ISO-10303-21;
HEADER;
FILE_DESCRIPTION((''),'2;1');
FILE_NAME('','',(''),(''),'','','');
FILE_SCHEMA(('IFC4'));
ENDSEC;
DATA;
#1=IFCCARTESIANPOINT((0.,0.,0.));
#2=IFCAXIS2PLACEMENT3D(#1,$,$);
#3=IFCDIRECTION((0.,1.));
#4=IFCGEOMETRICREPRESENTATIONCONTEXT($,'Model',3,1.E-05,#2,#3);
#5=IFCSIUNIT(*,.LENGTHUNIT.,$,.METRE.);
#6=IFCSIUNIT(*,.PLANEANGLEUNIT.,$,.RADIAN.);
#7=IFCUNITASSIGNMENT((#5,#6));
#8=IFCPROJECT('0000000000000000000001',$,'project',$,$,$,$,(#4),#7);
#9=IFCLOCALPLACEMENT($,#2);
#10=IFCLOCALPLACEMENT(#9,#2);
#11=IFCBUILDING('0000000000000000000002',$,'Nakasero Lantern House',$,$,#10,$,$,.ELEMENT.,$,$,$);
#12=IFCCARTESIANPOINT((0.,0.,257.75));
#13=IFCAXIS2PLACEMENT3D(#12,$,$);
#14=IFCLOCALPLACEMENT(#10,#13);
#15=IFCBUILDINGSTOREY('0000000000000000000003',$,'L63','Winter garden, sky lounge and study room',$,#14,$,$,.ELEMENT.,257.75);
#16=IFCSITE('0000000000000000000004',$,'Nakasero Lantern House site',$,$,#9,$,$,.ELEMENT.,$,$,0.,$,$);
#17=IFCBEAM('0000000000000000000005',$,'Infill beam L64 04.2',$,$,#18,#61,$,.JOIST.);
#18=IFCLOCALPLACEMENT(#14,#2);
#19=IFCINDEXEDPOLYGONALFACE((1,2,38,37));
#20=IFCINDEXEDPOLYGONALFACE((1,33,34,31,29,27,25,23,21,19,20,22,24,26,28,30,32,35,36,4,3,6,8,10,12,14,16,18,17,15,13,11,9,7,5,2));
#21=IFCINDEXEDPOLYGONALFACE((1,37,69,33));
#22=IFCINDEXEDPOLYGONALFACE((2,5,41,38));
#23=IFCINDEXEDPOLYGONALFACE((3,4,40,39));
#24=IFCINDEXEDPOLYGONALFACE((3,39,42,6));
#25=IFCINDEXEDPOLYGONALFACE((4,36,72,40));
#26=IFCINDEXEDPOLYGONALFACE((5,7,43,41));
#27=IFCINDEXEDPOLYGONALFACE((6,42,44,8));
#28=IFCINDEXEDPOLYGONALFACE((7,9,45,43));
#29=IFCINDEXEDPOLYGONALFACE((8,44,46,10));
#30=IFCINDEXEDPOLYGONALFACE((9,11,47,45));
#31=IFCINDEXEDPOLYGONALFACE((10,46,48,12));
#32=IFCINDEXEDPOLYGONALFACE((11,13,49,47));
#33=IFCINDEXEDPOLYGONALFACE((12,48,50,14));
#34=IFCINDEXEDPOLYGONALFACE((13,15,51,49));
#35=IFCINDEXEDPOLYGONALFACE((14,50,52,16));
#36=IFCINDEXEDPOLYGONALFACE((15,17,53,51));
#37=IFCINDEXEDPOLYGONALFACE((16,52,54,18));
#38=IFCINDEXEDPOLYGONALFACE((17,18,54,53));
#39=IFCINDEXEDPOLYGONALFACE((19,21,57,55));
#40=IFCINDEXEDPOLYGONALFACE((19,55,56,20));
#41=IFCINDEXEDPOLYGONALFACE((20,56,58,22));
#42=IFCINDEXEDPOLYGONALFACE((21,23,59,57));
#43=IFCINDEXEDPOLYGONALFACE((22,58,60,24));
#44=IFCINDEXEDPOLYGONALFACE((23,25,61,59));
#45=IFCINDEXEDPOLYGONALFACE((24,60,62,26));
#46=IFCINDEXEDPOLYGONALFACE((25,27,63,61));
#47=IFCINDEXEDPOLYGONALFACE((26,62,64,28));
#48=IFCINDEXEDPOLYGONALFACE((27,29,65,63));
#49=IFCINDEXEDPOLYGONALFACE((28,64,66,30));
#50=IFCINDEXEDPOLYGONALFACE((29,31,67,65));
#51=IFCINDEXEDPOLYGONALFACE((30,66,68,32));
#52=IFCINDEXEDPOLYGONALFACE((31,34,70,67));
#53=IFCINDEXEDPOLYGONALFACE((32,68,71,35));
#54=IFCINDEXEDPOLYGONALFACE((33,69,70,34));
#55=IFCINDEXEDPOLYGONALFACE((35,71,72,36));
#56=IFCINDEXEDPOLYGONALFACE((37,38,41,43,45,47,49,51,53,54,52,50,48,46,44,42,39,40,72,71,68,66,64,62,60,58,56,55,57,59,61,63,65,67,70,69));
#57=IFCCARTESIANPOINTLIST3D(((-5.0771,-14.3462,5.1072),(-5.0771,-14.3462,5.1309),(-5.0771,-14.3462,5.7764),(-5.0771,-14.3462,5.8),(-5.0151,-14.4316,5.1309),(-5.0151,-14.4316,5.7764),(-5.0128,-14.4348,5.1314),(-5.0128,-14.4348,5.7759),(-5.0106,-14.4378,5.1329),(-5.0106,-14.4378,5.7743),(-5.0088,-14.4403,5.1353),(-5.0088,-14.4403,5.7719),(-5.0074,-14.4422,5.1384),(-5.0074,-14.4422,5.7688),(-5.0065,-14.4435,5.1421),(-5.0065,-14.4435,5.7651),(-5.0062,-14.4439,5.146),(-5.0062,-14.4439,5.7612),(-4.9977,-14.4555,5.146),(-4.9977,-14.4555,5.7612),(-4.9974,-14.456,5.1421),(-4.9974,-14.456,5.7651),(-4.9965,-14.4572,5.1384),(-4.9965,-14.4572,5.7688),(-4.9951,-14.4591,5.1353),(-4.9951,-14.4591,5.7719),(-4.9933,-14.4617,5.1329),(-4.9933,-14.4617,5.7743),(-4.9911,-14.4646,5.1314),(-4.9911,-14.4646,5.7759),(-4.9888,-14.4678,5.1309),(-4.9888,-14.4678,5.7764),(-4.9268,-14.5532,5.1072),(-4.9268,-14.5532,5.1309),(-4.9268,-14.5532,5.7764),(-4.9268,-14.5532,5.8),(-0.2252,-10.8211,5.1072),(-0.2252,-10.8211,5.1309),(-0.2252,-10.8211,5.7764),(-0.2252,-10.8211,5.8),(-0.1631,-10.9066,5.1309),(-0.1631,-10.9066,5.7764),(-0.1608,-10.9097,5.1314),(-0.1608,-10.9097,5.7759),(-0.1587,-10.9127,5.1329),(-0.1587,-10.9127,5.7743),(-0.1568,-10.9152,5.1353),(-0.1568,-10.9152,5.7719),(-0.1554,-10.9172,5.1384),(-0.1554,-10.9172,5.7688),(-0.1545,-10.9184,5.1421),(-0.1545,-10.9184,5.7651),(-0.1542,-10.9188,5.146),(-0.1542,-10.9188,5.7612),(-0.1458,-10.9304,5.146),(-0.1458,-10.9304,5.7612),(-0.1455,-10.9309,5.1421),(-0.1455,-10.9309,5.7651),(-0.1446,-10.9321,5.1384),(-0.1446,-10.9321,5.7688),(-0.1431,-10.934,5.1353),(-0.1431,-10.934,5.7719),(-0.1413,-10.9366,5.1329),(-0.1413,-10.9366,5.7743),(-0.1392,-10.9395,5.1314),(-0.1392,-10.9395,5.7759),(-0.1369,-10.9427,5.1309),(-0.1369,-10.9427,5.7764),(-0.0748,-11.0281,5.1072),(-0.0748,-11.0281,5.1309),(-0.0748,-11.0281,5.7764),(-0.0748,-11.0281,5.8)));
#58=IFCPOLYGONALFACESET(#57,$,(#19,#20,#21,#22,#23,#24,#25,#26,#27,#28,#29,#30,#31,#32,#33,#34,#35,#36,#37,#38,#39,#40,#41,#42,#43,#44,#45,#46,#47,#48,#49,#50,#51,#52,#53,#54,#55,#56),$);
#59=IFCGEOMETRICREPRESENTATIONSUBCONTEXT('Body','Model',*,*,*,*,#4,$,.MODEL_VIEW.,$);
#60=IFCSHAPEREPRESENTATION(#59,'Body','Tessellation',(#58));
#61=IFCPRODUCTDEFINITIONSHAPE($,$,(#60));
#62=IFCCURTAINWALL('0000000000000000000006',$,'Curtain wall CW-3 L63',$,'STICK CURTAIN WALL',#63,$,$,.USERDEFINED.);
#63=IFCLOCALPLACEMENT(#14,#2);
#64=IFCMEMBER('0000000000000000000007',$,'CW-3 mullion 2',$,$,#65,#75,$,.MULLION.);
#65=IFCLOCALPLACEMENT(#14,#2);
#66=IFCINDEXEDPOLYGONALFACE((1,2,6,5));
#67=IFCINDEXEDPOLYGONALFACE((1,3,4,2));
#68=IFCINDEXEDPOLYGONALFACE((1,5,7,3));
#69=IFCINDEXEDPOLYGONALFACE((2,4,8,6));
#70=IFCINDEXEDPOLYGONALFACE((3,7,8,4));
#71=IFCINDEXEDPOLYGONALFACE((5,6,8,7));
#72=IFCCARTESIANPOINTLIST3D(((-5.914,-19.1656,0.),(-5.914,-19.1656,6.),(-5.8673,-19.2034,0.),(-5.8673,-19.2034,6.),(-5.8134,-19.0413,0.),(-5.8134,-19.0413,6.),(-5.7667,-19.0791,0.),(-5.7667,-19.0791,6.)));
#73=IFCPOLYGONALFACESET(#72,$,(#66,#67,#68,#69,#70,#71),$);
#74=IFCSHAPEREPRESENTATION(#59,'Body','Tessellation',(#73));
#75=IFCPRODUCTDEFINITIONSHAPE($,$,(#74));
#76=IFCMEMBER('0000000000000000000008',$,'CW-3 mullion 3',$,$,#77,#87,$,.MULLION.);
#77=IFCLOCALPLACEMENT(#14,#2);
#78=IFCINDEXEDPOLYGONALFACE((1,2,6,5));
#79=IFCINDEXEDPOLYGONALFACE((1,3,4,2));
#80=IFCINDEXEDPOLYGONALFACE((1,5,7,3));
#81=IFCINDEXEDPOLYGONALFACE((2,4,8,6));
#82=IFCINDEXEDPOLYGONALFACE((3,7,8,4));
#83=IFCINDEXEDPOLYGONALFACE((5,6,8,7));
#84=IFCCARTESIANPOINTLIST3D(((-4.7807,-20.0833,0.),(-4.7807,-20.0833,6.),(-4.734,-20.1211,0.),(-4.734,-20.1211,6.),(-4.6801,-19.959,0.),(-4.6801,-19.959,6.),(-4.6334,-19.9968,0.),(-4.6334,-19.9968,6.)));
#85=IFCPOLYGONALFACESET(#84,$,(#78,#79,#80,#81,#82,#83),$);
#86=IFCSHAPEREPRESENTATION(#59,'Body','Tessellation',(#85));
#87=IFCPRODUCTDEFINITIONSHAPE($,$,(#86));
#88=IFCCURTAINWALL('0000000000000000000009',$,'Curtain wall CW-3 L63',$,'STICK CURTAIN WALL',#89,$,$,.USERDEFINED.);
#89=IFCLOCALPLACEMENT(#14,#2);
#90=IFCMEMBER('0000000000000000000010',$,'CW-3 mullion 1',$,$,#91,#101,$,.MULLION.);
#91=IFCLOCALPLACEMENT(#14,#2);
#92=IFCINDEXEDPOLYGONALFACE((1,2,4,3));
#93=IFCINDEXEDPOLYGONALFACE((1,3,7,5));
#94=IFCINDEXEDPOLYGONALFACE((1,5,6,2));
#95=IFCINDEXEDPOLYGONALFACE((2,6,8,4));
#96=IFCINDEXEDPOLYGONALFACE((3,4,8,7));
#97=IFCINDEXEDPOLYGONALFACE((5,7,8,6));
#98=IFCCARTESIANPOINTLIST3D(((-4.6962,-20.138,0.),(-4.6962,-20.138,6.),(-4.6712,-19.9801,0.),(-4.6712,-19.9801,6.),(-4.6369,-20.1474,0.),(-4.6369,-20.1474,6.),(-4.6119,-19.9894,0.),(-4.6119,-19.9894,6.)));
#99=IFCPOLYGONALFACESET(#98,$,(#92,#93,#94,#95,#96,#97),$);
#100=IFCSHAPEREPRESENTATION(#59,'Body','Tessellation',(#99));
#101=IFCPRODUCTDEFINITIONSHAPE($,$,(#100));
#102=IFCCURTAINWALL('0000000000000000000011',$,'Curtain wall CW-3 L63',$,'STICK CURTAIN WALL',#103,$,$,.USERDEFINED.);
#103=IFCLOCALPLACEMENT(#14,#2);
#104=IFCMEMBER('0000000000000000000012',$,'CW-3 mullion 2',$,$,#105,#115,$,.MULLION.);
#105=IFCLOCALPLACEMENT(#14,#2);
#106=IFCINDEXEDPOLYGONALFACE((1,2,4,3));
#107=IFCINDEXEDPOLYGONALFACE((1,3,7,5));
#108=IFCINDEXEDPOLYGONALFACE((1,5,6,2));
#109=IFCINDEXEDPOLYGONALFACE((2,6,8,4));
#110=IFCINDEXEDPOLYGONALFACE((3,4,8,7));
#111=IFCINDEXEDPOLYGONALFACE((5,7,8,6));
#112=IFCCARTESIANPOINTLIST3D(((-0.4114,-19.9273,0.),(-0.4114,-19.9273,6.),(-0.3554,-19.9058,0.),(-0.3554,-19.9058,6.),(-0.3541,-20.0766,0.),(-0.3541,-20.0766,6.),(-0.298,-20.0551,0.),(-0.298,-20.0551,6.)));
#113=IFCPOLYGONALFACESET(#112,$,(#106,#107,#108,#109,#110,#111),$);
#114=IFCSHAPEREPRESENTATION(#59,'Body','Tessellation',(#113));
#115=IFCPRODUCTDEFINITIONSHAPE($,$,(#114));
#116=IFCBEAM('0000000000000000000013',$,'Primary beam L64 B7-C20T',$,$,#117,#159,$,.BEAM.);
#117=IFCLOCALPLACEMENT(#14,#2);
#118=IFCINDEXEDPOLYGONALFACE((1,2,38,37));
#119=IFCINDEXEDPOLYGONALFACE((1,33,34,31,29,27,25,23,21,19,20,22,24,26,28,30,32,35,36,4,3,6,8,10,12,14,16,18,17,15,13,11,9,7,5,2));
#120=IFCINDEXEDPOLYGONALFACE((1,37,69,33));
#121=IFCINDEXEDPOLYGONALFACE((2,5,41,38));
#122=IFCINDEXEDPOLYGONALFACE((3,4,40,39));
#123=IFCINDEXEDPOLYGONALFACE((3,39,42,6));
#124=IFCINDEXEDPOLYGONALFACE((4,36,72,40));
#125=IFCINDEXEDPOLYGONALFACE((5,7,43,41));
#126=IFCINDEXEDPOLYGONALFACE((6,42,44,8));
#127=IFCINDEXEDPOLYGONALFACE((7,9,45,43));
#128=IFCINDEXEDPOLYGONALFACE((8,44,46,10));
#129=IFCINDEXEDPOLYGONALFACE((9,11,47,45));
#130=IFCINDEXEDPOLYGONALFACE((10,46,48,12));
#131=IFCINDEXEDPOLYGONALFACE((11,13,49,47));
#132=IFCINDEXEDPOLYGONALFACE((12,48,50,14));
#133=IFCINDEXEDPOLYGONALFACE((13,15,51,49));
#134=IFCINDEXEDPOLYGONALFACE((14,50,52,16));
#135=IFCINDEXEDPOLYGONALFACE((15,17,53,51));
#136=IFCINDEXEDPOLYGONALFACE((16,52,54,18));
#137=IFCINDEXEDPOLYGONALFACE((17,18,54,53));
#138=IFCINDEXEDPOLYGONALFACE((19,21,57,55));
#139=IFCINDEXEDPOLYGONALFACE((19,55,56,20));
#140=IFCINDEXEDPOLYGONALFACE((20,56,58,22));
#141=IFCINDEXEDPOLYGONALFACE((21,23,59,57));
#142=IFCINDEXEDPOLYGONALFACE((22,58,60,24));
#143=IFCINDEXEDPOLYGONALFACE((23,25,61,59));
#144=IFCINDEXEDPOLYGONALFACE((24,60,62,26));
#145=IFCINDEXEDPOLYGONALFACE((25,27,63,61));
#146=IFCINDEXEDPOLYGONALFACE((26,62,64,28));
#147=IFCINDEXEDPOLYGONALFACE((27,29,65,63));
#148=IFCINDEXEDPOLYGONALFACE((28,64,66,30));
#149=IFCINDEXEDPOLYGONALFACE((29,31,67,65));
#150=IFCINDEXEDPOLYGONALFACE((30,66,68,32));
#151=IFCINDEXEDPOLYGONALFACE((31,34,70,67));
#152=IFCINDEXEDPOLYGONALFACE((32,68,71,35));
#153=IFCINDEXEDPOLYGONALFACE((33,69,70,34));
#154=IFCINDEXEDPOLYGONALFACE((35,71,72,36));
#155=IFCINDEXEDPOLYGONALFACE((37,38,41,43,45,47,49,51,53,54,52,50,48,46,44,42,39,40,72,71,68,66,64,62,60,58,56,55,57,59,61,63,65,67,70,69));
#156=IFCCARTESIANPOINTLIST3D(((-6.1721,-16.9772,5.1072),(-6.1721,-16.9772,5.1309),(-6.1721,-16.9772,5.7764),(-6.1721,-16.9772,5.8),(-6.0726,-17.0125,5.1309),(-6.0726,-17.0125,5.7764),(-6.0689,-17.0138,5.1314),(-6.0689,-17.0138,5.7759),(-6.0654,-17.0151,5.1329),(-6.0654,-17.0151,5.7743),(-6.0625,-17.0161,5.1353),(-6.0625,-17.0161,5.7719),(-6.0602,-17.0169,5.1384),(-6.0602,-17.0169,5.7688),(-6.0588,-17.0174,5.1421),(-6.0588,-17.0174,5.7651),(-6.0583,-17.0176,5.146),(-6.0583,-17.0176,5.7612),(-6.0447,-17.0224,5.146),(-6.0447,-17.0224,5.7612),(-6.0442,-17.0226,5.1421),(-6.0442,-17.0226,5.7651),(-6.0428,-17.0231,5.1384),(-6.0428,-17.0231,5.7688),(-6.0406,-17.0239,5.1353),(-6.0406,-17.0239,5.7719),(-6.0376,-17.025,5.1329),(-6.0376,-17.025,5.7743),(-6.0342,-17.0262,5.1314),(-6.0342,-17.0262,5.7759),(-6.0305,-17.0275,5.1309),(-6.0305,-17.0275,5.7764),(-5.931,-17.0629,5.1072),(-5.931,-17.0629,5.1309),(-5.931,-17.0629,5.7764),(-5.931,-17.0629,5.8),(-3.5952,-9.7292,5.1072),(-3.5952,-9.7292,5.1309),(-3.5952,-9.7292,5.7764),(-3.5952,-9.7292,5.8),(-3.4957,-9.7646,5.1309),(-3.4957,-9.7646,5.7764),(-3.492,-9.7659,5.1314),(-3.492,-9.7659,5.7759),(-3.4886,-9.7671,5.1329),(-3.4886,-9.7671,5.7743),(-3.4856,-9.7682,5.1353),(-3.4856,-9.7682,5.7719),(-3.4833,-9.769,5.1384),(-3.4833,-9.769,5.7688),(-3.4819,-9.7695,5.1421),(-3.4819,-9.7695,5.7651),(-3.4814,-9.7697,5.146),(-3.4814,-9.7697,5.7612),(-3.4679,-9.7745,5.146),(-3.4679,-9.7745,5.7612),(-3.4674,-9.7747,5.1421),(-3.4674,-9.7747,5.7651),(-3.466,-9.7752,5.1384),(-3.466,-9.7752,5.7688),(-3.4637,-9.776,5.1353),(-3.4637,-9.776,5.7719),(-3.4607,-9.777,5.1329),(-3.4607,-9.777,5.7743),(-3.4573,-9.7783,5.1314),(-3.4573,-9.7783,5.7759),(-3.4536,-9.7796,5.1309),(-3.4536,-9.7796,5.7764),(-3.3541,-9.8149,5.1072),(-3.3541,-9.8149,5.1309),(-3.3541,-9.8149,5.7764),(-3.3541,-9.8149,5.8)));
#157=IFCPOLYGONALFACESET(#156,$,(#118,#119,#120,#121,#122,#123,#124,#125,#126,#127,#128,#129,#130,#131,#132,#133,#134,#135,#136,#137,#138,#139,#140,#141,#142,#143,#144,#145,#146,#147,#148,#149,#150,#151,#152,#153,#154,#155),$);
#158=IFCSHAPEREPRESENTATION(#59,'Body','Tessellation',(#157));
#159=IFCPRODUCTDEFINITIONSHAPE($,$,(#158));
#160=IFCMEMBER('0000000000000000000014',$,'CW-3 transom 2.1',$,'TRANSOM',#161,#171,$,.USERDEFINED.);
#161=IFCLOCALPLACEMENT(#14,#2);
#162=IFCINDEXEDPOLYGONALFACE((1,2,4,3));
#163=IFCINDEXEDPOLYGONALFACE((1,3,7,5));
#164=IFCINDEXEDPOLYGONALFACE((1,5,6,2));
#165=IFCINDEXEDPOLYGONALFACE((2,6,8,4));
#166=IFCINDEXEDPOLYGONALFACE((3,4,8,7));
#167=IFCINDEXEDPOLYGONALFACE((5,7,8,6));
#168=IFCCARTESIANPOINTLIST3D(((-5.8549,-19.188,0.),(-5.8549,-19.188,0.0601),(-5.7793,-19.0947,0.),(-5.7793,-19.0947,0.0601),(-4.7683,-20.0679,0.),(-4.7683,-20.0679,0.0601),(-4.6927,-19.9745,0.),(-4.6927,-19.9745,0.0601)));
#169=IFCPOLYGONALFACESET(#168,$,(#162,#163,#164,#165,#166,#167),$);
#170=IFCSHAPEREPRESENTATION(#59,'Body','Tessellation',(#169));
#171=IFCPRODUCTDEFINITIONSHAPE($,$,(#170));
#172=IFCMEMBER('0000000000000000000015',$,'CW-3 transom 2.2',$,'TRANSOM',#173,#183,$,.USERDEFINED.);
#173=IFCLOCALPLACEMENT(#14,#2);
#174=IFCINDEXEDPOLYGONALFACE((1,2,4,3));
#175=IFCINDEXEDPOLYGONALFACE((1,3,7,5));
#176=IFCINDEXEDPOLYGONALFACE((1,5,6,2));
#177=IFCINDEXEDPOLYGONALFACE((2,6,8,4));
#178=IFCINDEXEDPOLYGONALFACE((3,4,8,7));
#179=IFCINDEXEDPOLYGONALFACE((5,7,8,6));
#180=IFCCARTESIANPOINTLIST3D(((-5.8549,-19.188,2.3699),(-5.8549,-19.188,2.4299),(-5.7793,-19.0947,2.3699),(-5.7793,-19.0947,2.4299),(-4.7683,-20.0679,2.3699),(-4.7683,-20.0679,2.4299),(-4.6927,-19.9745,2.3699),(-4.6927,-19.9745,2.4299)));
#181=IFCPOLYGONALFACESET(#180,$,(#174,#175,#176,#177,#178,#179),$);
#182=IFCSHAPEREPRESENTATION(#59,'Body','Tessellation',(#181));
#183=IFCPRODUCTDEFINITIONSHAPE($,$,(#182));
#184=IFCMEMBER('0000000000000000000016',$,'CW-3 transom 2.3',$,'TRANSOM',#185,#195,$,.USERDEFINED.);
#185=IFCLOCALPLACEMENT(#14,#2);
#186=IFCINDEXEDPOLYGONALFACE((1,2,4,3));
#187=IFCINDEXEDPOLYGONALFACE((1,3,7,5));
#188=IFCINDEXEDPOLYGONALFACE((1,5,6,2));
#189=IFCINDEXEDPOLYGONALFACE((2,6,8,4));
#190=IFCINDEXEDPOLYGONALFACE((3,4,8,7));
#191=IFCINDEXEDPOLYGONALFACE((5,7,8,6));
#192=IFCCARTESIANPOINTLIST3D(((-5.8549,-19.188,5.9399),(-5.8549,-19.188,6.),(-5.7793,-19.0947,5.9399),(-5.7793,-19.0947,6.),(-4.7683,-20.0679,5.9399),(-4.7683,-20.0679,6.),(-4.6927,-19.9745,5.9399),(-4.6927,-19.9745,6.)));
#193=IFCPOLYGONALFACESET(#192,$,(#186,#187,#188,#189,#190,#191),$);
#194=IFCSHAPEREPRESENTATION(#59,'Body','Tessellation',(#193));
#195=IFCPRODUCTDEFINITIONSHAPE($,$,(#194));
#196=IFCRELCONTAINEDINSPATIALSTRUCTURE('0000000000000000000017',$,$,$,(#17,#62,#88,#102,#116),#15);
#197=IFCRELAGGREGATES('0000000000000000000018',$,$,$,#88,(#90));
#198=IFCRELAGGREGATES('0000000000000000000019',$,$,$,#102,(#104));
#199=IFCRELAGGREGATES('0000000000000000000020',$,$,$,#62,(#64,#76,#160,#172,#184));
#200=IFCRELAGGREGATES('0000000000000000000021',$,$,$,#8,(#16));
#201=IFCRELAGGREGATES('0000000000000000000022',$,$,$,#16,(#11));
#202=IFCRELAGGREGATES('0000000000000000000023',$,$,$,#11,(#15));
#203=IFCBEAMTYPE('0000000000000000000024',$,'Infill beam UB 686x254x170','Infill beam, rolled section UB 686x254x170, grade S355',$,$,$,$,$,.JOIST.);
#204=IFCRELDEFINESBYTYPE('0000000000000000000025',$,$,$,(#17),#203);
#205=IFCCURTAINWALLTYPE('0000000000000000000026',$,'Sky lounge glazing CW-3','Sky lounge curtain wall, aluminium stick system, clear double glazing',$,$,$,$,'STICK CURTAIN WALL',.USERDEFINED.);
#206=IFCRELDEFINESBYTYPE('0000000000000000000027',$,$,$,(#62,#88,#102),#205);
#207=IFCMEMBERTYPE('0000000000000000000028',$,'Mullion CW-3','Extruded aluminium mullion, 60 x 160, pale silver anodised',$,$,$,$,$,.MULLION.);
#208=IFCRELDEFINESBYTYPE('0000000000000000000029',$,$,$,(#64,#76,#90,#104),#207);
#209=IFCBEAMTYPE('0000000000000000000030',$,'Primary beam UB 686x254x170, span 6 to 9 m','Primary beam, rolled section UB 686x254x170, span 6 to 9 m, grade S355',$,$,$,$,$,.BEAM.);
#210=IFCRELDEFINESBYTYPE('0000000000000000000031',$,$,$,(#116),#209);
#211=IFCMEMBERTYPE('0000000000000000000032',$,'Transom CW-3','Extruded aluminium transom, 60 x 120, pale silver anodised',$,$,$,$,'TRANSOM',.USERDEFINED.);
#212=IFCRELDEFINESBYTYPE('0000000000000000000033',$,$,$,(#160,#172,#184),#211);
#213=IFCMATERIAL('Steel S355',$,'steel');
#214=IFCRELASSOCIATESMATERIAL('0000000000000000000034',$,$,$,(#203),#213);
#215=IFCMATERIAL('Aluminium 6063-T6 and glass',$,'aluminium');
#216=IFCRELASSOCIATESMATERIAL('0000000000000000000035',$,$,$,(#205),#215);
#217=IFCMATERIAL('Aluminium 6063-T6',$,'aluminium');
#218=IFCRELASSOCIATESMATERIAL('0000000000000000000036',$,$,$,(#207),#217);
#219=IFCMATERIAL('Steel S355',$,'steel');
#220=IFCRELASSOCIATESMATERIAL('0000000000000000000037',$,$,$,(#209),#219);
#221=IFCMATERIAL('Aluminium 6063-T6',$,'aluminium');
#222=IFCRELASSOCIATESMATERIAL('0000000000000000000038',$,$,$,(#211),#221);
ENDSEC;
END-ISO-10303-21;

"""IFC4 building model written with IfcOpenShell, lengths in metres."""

from ifc_helpers import new_model, si_unit, direction, frame, origin, origin_2d, place, context, subcontext, project, spatial, rectangle, i_section, extrude, material, material_profile, profile_set, type_object, element, aggregate, save


model = new_model("IFC4")

# Units and contexts
model_context = context("Model", 3, precision=1e-05, world=origin(), true_north=direction((0.0, 1.0)))
body_context = subcontext(model_context, "Body", "Model", "MODEL_VIEW")
ifc_project = project(units=[si_unit("LENGTHUNIT", "METRE"), si_unit("PLANEANGLEUNIT", "RADIAN")], contexts=[model_context])

# Site, building, storey
site_placement = place(None, origin())
site = spatial("IfcSite", under=ifc_project, at=site_placement, Name="Nakasero Lantern House site", CompositionType="ELEMENT", RefElevation=0.0)
building_placement = place(site_placement, origin())
building = spatial("IfcBuilding", under=site, at=building_placement, Name="Nakasero Lantern House", CompositionType="ELEMENT")
storey_placement = place(building_placement, frame((0.0, 0.0, 257.75)))
storey = spatial("IfcBuildingStorey", under=building, at=storey_placement, Name="L63", Description="Winter garden, sky lounge and study room", CompositionType="ELEMENT", Elevation=257.75)

# Beam
ifc_material_1 = material(Name="Steel S355", Category="steel")
ifc_material_profile_1 = material_profile(ifc_material_1, i_section(OverallWidth=0.2559, OverallDepth=0.6929, WebThickness=0.0144, FlangeThickness=0.0237, FilletRadius=0.0151, at=origin_2d()), Name="UB 686x254x170")
ifc_profile_set_1 = profile_set([ifc_material_profile_1], Name="Steel S355")
beam_type_1 = type_object("IfcBeamType", Name="Infill beam UB 686x254x170", Description="Infill beam, rolled section UB 686x254x170, grade S355", PredefinedType="JOIST", material=ifc_profile_set_1)
beam_1_placement = place(storey_placement, frame((-5.002, -14.4497, 5.4536), z_axis=(0.809023, 0.587777, 0.0), x_axis=(-0.587777, 0.809023, 0.0)))
element("IfcBeam", 1, at=beam_1_placement, inside=storey, type_object=beam_type_1, Name="Infill beam L64 04.2", PredefinedType="JOIST", context=body_context, shape_type="SweptSolid", body=[
    extrude(i_section(OverallWidth=0.2559, OverallDepth=0.6929, WebThickness=0.0144, FlangeThickness=0.0237, FilletRadius=0.0151, at=origin_2d()), origin(), (0.0, 0.0, 1.0), 5.9973),
])

# Curtain wall, members
ifc_material_2 = material(Name="Aluminium 6063-T6 and glass", Category="aluminium")
curtain_wall_type = type_object("IfcCurtainWallType", Name="Sky lounge glazing CW-3", Description="Sky lounge curtain wall, aluminium stick system, clear double glazing", ElementType="STICK CURTAIN WALL", PredefinedType="USERDEFINED", material=ifc_material_2)
curtain_wall_1_placement = place(storey_placement, origin())
curtain_wall_1 = element("IfcCurtainWall", 2, at=curtain_wall_1_placement, inside=storey, type_object=curtain_wall_type, Name="Curtain wall CW-3 L63", ObjectType="STICK CURTAIN WALL", PredefinedType="USERDEFINED")
ifc_material_3 = material(Name="Aluminium 6063-T6", Category="aluminium")
ifc_material_profile_2 = material_profile(ifc_material_3, rectangle(XDim=0.0601, YDim=0.1599, at=origin_2d()), Name="CW-3 mullion 60x160")
ifc_profile_set_2 = profile_set([ifc_material_profile_2], Name="Aluminium 6063-T6")
member_type_1 = type_object("IfcMemberType", Name="Mullion CW-3", Description="Extruded aluminium mullion, 60 x 160, pale silver anodised", PredefinedType="MULLION", material=ifc_profile_set_2)
member_1_placement = place(storey_placement, frame((-5.8403, -19.1223, 0.0), z_axis=(0.0, 0.0, 1.0), x_axis=(0.777146, -0.62932, 0.0)))
member_1 = element("IfcMember", 3, at=member_1_placement, type_object=member_type_1, Name="CW-3 mullion 2", PredefinedType="MULLION", context=body_context, shape_type="SweptSolid", body=[
    extrude(rectangle(XDim=0.0601, YDim=0.1599, at=origin_2d()), origin(), (0.0, 0.0, 1.0), 6.0),
])
member_2_placement = place(storey_placement, frame((-4.707, -20.04, 0.0), z_axis=(0.0, 0.0, 1.0), x_axis=(0.777146, -0.62932, 0.0)))
member_2 = element("IfcMember", 4, at=member_2_placement, type_object=member_type_1, Name="CW-3 mullion 3", PredefinedType="MULLION", context=body_context, shape_type="SweptSolid", body=[
    extrude(rectangle(XDim=0.0601, YDim=0.1599, at=origin_2d()), origin(), (0.0, 0.0, 1.0), 6.0),
])

# Curtain walls, members
curtain_wall_2_placement = place(storey_placement, origin())
curtain_wall_2 = element("IfcCurtainWall", 5, at=curtain_wall_2_placement, inside=storey, type_object=curtain_wall_type, Name="Curtain wall CW-3 L63", ObjectType="STICK CURTAIN WALL", PredefinedType="USERDEFINED")
member_3_placement = place(storey_placement, frame((-4.6541, -20.0637, 0.0), z_axis=(0.0, 0.0, 1.0), x_axis=(0.987688, -0.156434, 0.0)))
member_3 = element("IfcMember", 6, at=member_3_placement, type_object=member_type_1, Name="CW-3 mullion 1", PredefinedType="MULLION", context=body_context, shape_type="SweptSolid", body=[
    extrude(rectangle(XDim=0.0601, YDim=0.1599, at=origin_2d()), origin(), (0.0, 0.0, 1.0), 6.0),
])
aggregate(curtain_wall_2, [member_3])
curtain_wall_3_placement = place(storey_placement, origin())
curtain_wall_3 = element("IfcCurtainWall", 7, at=curtain_wall_3_placement, inside=storey, type_object=curtain_wall_type, Name="Curtain wall CW-3 L63", ObjectType="STICK CURTAIN WALL", PredefinedType="USERDEFINED")
member_4_placement = place(storey_placement, frame((-0.3547, -19.9912, 0.0), z_axis=(0.0, 0.0, 1.0), x_axis=(0.93358, 0.358368, 0.0)))
member_4 = element("IfcMember", 8, at=member_4_placement, type_object=member_type_1, Name="CW-3 mullion 2", PredefinedType="MULLION", context=body_context, shape_type="SweptSolid", body=[
    extrude(rectangle(XDim=0.0601, YDim=0.1599, at=origin_2d()), origin(), (0.0, 0.0, 1.0), 6.0),
])

# Beam
ifc_material_4 = material(Name="Steel S355", Category="steel")
ifc_material_profile_3 = material_profile(ifc_material_4, i_section(OverallWidth=0.2559, OverallDepth=0.6929, WebThickness=0.0144, FlangeThickness=0.0237, FilletRadius=0.0151, at=origin_2d()), Name="UB 686x254x170")
ifc_profile_set_3 = profile_set([ifc_material_profile_3], Name="Steel S355")
beam_type_2 = type_object("IfcBeamType", Name="Primary beam UB 686x254x170, span 6 to 9 m", Description="Primary beam, rolled section UB 686x254x170, span 6 to 9 m, grade S355", PredefinedType="BEAM", material=ifc_profile_set_3)
beam_2_placement = place(storey_placement, frame((-6.0515, -17.02, 5.4536), z_axis=(0.334989, 0.942222, 0.0), x_axis=(-0.942222, 0.334989, 0.0)))
element("IfcBeam", 9, at=beam_2_placement, inside=storey, type_object=beam_type_2, Name="Primary beam L64 B7-C20T", PredefinedType="BEAM", context=body_context, shape_type="SweptSolid", body=[
    extrude(i_section(OverallWidth=0.2559, OverallDepth=0.6929, WebThickness=0.0144, FlangeThickness=0.0237, FilletRadius=0.0151, at=origin_2d()), origin(), (0.0, 0.0, 1.0), 7.6924),
])

# Members
ifc_material_5 = material(Name="Aluminium 6063-T6", Category="aluminium")
ifc_material_profile_4 = material_profile(ifc_material_5, rectangle(XDim=0.0601, YDim=0.1201, at=origin_2d()), Name="CW-3 transom 60x120")
ifc_profile_set_4 = profile_set([ifc_material_profile_4], Name="Aluminium 6063-T6")
member_type_2 = type_object("IfcMemberType", Name="Transom CW-3", Description="Extruded aluminium transom, 60 x 120, pale silver anodised", ElementType="TRANSOM", PredefinedType="USERDEFINED", material=ifc_profile_set_4)
member_5_placement = place(storey_placement, frame((-5.8171, -19.1414, 0.03), z_axis=(0.777176, -0.629284, 0.0), x_axis=(0.0, 0.0, 1.0)))
member_5 = element("IfcMember", 10, at=member_5_placement, type_object=member_type_2, Name="CW-3 transom 2.1", ObjectType="TRANSOM", PredefinedType="USERDEFINED", context=body_context, shape_type="SweptSolid", body=[
    extrude(rectangle(XDim=0.0601, YDim=0.1201, at=origin_2d()), origin(), (0.0, 0.0, 1.0), 1.3982),
])
member_6_placement = place(storey_placement, frame((-5.8171, -19.1414, 2.3999), z_axis=(0.777176, -0.629284, 0.0), x_axis=(0.0, 0.0, 1.0)))
member_6 = element("IfcMember", 11, at=member_6_placement, type_object=member_type_2, Name="CW-3 transom 2.2", ObjectType="TRANSOM", PredefinedType="USERDEFINED", context=body_context, shape_type="SweptSolid", body=[
    extrude(rectangle(XDim=0.0601, YDim=0.1201, at=origin_2d()), origin(), (0.0, 0.0, 1.0), 1.3982),
])
member_7_placement = place(storey_placement, frame((-5.8171, -19.1414, 5.97), z_axis=(0.777176, -0.629284, 0.0), x_axis=(0.0, 0.0, 1.0)))
member_7 = element("IfcMember", 12, at=member_7_placement, type_object=member_type_2, Name="CW-3 transom 2.3", ObjectType="TRANSOM", PredefinedType="USERDEFINED", context=body_context, shape_type="SweptSolid", body=[
    extrude(rectangle(XDim=0.0601, YDim=0.1201, at=origin_2d()), origin(), (0.0, 0.0, 1.0), 1.3982),
])
aggregate(curtain_wall_3, [member_4])

aggregate(curtain_wall_1, [member_1, member_2, member_5, member_6, member_7])

save(model, "model.ifc")
